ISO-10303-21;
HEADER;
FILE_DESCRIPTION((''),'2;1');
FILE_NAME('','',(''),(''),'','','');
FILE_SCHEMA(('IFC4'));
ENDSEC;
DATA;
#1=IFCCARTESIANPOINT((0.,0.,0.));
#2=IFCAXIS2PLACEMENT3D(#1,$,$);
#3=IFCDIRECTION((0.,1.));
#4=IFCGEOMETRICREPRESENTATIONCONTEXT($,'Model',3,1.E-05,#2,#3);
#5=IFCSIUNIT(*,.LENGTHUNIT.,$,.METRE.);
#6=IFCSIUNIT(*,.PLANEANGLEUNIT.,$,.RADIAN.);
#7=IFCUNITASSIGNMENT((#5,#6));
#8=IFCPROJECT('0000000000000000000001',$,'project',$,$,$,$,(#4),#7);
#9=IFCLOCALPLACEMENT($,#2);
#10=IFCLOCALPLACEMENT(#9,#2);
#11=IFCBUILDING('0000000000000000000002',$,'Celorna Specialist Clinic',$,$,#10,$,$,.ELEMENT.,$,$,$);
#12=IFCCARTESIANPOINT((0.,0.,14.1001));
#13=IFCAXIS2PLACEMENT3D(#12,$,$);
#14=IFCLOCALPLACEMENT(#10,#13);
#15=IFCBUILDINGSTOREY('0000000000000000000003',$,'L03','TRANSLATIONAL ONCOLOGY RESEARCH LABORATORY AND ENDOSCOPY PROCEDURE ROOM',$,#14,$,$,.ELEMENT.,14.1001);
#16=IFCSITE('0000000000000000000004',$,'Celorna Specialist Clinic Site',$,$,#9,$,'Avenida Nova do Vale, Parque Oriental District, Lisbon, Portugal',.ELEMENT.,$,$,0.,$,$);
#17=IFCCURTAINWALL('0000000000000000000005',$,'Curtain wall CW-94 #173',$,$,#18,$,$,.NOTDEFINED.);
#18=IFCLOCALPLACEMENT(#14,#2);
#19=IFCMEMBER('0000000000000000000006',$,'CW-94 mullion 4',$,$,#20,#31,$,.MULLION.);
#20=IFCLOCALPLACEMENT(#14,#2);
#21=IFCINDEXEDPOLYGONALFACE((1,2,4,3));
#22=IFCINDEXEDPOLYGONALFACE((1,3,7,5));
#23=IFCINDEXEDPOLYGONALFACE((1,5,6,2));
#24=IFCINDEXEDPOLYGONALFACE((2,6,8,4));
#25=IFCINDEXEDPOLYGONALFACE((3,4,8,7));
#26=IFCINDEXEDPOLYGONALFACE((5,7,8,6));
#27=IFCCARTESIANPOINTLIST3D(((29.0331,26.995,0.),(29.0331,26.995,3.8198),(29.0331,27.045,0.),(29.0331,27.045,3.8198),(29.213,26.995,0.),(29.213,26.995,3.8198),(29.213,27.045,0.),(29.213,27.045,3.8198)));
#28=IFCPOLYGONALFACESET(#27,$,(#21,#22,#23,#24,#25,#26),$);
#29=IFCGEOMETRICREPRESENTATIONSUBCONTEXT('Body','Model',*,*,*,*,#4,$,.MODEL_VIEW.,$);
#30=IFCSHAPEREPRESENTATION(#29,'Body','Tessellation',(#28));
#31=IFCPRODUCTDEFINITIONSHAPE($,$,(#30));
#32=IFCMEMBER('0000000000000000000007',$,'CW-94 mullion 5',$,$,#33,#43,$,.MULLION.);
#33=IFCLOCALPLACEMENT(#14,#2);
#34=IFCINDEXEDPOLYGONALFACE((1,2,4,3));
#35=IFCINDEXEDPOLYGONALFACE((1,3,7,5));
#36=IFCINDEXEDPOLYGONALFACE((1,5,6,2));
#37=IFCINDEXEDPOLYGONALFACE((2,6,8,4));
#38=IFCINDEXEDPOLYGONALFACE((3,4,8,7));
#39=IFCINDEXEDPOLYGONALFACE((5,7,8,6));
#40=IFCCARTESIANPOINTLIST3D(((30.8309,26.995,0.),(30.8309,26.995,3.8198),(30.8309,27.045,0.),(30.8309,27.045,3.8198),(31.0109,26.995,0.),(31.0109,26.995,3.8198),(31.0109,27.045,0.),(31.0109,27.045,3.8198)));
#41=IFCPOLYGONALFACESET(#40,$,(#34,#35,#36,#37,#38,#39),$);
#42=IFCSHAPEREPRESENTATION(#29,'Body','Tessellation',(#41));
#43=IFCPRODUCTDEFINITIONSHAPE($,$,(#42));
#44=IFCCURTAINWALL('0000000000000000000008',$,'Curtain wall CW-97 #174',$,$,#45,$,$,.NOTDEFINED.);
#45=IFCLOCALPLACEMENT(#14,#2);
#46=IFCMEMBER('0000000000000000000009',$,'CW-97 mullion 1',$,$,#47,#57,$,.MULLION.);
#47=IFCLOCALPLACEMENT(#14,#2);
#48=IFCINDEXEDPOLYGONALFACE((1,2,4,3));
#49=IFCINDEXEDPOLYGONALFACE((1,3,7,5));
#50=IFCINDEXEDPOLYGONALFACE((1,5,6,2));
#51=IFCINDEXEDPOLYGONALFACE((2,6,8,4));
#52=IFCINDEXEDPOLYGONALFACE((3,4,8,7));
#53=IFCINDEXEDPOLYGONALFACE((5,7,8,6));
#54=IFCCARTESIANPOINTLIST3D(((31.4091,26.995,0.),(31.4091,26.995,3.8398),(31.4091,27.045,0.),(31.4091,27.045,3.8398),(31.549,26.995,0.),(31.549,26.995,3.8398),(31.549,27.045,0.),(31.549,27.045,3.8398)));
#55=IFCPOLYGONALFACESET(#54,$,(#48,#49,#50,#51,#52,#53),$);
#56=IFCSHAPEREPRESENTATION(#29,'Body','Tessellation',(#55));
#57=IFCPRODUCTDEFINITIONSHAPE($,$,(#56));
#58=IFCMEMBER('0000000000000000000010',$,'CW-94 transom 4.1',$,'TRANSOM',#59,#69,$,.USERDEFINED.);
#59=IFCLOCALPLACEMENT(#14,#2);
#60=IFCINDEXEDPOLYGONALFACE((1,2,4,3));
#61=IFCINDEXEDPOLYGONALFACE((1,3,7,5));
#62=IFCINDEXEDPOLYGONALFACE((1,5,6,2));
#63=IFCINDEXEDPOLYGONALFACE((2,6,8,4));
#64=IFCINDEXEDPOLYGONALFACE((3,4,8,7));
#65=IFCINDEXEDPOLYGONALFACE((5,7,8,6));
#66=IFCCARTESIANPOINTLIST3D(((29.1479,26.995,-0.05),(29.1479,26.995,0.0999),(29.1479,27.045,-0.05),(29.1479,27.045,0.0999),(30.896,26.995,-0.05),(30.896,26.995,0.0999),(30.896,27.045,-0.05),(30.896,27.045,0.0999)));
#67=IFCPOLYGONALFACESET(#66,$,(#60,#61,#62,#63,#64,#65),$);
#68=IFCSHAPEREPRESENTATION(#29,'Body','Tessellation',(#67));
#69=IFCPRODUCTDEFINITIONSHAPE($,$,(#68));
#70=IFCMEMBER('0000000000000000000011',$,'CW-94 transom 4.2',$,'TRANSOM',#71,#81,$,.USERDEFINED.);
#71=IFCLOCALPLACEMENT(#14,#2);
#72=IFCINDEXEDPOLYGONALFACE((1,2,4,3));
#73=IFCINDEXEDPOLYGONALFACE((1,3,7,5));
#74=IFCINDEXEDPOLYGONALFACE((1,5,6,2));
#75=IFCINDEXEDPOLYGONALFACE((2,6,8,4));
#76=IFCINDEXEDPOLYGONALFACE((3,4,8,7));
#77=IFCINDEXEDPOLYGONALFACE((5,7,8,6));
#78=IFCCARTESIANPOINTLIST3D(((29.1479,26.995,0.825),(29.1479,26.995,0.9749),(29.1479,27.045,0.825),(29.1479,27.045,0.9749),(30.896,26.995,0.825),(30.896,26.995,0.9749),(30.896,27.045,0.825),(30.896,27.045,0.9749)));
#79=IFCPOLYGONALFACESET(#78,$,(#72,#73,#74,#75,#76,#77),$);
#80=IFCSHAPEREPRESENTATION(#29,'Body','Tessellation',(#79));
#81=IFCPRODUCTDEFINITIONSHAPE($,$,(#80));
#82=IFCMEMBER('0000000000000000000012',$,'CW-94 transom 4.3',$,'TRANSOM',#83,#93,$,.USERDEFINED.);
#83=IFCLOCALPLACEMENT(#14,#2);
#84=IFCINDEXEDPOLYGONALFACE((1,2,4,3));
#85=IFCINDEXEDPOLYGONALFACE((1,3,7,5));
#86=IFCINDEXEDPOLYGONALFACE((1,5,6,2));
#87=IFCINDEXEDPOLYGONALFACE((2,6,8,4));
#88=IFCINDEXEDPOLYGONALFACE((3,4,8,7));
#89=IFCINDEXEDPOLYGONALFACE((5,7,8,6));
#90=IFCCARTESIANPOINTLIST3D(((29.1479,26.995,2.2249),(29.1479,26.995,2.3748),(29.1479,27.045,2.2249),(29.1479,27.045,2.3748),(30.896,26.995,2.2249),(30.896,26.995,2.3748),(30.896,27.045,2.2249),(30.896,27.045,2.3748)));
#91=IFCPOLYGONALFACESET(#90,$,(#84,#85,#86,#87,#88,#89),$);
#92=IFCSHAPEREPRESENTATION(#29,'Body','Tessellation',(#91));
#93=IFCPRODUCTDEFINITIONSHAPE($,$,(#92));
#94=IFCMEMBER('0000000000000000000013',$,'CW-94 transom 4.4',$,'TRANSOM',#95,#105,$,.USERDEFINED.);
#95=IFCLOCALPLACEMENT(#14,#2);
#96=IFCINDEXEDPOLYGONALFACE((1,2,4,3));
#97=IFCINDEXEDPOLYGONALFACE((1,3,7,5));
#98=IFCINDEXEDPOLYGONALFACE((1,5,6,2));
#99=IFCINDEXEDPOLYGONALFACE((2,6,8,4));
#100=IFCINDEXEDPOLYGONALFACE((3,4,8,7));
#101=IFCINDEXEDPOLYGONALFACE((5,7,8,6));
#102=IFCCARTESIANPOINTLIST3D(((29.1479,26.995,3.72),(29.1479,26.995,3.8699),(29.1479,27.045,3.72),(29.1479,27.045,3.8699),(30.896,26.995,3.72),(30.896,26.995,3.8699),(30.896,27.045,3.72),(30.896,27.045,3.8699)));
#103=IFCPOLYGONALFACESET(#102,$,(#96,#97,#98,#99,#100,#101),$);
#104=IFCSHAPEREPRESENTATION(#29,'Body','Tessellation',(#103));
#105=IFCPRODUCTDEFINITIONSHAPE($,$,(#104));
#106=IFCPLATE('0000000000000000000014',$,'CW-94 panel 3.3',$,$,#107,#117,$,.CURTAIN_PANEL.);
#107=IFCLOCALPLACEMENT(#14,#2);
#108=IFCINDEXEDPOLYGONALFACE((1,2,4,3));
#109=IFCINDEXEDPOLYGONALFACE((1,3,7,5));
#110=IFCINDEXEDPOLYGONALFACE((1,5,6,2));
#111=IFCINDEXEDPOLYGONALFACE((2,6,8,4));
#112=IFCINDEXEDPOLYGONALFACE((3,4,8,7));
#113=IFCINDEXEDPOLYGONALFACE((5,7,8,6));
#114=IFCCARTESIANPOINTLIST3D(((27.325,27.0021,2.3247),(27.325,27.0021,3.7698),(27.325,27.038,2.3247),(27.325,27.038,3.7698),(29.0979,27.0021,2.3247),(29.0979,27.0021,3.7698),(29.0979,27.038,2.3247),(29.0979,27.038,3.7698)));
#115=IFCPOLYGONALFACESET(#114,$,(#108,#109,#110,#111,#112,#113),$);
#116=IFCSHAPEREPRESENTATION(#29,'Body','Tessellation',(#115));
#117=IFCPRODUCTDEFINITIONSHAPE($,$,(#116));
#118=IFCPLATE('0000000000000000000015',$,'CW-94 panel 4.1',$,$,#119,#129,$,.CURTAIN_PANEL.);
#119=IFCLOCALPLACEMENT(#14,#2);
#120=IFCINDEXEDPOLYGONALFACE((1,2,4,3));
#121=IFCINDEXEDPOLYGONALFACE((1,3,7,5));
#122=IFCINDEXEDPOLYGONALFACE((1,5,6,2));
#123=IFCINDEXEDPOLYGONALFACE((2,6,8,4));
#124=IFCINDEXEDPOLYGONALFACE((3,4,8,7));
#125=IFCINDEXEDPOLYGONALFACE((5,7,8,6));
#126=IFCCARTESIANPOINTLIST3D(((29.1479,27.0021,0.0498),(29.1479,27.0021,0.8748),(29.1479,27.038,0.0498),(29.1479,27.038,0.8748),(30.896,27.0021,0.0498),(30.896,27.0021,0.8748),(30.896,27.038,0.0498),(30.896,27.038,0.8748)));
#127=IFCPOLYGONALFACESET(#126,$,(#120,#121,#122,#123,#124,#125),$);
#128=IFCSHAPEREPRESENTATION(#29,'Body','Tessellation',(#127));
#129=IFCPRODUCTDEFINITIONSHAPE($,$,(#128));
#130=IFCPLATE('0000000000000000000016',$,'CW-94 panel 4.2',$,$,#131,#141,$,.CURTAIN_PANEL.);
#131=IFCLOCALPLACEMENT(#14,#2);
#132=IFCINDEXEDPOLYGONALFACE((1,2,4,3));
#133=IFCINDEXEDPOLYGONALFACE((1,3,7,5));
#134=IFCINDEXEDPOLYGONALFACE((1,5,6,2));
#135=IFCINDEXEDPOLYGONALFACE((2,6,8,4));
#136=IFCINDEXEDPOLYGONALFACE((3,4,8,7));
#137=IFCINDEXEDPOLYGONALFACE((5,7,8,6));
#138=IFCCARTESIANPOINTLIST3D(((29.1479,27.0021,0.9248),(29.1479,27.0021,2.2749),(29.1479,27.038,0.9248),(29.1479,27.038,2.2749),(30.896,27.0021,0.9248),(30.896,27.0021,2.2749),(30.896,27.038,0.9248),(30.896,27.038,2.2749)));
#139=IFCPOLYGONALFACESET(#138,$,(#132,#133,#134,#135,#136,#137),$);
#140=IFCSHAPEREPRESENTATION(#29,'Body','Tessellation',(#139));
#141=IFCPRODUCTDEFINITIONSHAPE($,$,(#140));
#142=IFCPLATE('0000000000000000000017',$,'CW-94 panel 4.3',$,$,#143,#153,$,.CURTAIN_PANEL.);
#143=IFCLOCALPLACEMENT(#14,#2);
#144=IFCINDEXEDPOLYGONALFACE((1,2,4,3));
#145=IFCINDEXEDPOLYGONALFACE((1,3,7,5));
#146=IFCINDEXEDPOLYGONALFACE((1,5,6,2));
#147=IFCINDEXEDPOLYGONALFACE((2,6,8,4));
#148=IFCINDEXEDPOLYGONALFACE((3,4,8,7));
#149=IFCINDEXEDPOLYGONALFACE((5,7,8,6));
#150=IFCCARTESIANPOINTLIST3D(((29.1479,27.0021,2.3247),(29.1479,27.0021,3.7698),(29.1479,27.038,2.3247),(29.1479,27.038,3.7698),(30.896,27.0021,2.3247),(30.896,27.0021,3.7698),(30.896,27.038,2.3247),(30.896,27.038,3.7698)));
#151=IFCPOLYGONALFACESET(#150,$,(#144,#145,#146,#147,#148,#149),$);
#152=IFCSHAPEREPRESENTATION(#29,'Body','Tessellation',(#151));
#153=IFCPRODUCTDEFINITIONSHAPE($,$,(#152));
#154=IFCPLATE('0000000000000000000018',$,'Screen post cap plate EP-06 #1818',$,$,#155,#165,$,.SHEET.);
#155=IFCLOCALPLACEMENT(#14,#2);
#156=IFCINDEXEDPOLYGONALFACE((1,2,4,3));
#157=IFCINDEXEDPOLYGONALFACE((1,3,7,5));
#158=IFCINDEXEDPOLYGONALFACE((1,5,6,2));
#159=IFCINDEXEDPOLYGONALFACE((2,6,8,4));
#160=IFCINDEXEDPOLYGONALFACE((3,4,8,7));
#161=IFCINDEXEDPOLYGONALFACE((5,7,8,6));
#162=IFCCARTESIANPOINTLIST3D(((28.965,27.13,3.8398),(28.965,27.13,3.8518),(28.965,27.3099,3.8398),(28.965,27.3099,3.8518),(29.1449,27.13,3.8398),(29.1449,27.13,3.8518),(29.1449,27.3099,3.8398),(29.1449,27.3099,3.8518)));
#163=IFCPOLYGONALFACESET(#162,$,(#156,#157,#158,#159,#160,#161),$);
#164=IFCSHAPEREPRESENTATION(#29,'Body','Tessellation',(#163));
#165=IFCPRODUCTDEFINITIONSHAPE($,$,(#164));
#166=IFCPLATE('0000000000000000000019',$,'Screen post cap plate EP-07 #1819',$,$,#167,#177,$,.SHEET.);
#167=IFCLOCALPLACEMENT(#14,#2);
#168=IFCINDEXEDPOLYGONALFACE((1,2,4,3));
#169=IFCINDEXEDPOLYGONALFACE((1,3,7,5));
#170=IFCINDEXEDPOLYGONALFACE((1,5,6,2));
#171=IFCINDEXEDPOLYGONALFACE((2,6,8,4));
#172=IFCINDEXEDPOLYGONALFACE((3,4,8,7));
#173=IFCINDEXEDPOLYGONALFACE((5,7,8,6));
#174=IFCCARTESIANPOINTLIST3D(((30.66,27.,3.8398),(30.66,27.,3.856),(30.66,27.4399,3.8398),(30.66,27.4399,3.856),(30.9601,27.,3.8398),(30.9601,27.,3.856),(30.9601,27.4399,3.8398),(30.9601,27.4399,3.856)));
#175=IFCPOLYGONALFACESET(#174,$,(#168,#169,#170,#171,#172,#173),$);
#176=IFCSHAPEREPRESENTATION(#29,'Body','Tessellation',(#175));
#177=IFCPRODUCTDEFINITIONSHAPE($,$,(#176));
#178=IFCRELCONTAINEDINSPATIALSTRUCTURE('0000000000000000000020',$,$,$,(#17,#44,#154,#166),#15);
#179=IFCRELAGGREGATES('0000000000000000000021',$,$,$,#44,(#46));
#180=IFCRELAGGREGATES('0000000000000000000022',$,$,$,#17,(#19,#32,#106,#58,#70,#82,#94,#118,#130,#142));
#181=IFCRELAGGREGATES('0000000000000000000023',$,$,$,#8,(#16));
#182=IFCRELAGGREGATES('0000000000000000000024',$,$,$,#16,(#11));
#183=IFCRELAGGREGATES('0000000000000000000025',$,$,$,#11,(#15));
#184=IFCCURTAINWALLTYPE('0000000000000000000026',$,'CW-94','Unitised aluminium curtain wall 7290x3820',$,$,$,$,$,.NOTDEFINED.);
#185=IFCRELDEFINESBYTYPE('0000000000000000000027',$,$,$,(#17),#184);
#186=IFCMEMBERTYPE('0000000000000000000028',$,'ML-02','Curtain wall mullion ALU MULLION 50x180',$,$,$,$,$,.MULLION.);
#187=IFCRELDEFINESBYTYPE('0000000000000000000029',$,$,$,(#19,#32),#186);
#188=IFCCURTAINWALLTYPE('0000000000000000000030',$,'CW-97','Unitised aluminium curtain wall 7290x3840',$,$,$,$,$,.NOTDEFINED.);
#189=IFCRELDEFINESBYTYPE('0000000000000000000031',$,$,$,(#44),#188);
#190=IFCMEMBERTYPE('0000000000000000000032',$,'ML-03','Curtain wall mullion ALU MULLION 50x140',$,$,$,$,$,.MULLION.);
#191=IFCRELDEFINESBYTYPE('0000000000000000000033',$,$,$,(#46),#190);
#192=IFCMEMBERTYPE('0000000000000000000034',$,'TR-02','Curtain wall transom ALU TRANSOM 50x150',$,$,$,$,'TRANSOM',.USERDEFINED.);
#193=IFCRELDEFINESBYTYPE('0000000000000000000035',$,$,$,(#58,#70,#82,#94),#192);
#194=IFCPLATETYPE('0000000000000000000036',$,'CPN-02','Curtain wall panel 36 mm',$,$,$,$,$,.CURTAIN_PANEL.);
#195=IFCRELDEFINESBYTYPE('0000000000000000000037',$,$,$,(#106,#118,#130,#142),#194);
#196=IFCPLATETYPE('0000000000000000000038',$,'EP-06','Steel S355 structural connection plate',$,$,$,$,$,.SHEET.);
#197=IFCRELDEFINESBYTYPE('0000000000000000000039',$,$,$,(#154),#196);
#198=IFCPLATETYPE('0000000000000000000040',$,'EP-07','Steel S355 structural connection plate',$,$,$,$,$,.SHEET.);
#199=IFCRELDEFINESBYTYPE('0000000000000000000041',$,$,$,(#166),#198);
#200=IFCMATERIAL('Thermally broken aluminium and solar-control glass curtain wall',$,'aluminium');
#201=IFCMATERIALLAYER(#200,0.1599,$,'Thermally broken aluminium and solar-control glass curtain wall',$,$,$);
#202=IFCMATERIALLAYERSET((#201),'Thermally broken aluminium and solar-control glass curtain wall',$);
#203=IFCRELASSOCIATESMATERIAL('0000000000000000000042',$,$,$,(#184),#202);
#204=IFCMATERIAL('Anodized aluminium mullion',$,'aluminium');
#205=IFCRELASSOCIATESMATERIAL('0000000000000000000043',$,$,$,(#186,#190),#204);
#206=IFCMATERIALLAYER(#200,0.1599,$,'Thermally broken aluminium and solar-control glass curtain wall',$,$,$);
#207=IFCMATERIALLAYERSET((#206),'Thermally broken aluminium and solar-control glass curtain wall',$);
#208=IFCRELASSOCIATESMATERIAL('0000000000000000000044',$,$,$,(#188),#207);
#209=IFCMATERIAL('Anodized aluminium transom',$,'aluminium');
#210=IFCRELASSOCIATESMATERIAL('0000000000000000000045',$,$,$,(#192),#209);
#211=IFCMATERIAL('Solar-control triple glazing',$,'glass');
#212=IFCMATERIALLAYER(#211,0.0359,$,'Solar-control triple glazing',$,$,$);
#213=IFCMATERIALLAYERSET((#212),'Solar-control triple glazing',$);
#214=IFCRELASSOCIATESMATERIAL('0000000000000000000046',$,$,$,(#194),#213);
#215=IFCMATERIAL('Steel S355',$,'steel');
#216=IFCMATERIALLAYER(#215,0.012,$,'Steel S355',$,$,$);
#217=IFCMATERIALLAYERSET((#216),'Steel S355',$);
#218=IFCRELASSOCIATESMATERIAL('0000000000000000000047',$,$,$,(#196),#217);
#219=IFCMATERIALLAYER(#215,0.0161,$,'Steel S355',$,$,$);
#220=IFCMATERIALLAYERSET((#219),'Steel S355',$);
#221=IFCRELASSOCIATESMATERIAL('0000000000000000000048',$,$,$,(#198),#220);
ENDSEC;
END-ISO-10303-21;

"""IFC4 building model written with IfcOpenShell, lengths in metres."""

from ifc_helpers import new_model, si_unit, direction, frame, origin, origin_2d, place, context, subcontext, project, spatial, rectangle, extrude, material, layer, layer_set, material_profile, profile_set, type_object, element, aggregate, save


model = new_model("IFC4")

# Units and contexts
model_context = context("Model", 3, precision=1e-05, world=origin(), true_north=direction((0.0, 1.0)))
body_context = subcontext(model_context, "Body", "Model", "MODEL_VIEW")
ifc_project = project(units=[si_unit("LENGTHUNIT", "METRE"), si_unit("PLANEANGLEUNIT", "RADIAN")], contexts=[model_context])

# Site, building, storey
site_placement = place(None, origin())
site = spatial("IfcSite", under=ifc_project, at=site_placement, Name="Celorna Specialist Clinic Site", LongName="Avenida Nova do Vale, Parque Oriental District, Lisbon, Portugal", CompositionType="ELEMENT", RefElevation=0.0)
building_placement = place(site_placement, origin())
building = spatial("IfcBuilding", under=site, at=building_placement, Name="Celorna Specialist Clinic", CompositionType="ELEMENT")
storey_placement = place(building_placement, frame((0.0, 0.0, 14.1001)))
storey = spatial("IfcBuildingStorey", under=building, at=storey_placement, Name="L03", Description="TRANSLATIONAL ONCOLOGY RESEARCH LABORATORY AND ENDOSCOPY PROCEDURE ROOM", CompositionType="ELEMENT", Elevation=14.1001)

# Shared definitions
ifc_material_1 = material(Name="Steel S355", Category="steel")

# Curtain wall, members
ifc_material_2 = material(Name="Thermally broken aluminium and solar-control glass curtain wall", Category="aluminium")
ifc_layer_1 = layer(ifc_material_2, 0.1599, Name="Thermally broken aluminium and solar-control glass curtain wall")
ifc_layer_set_1 = layer_set([ifc_layer_1], Name="Thermally broken aluminium and solar-control glass curtain wall")
curtain_wall_type_1 = type_object("IfcCurtainWallType", Name="CW-94", Description="Unitised aluminium curtain wall 7290x3820", PredefinedType="NOTDEFINED", material=ifc_layer_set_1)
curtain_wall_1_placement = place(storey_placement, origin())
curtain_wall_1 = element("IfcCurtainWall", 1, at=curtain_wall_1_placement, inside=storey, type_object=curtain_wall_type_1, Name="Curtain wall CW-94 #173", PredefinedType="NOTDEFINED")
ifc_material_3 = material(Name="Anodized aluminium mullion", Category="aluminium")
ifc_material_profile_1 = material_profile(ifc_material_3, rectangle(XDim=0.05, YDim=0.1799, at=origin_2d()), Name="ALU MULLION 50x180")
ifc_profile_set_1 = profile_set([ifc_material_profile_1], Name="Anodized aluminium mullion")
member_type_1 = type_object("IfcMemberType", Name="ML-02", Description="Curtain wall mullion ALU MULLION 50x180", PredefinedType="MULLION", material=ifc_profile_set_1)
member_1_placement = place(storey_placement, frame((29.123, 27.02, 0.0), z_axis=(0.0, 0.0, 1.0), x_axis=(0.0, 1.0, 0.0)))
member_1 = element("IfcMember", 2, at=member_1_placement, type_object=member_type_1, Name="CW-94 mullion 4", PredefinedType="MULLION", context=body_context, shape_type="SweptSolid", body=[
    extrude(rectangle(XDim=0.05, YDim=0.1799, at=origin_2d()), origin(), (0.0, 0.0, 1.0), 3.8198),
])
member_2_placement = place(storey_placement, frame((30.9209, 27.02, 0.0), z_axis=(0.0, 0.0, 1.0), x_axis=(0.0, 1.0, 0.0)))
member_2 = element("IfcMember", 3, at=member_2_placement, type_object=member_type_1, Name="CW-94 mullion 5", PredefinedType="MULLION", context=body_context, shape_type="SweptSolid", body=[
    extrude(rectangle(XDim=0.05, YDim=0.1799, at=origin_2d()), origin(), (0.0, 0.0, 1.0), 3.8198),
])

# Curtain wall, member
ifc_layer_2 = layer(ifc_material_2, 0.1599, Name="Thermally broken aluminium and solar-control glass curtain wall")
ifc_layer_set_2 = layer_set([ifc_layer_2], Name="Thermally broken aluminium and solar-control glass curtain wall")
curtain_wall_type_2 = type_object("IfcCurtainWallType", Name="CW-97", Description="Unitised aluminium curtain wall 7290x3840", PredefinedType="NOTDEFINED", material=ifc_layer_set_2)
curtain_wall_2_placement = place(storey_placement, origin())
curtain_wall_2 = element("IfcCurtainWall", 4, at=curtain_wall_2_placement, inside=storey, type_object=curtain_wall_type_2, Name="Curtain wall CW-97 #174", PredefinedType="NOTDEFINED")
ifc_material_profile_2 = material_profile(ifc_material_3, rectangle(XDim=0.05, YDim=0.1399, at=origin_2d()), Name="ALU MULLION 50x140")
ifc_profile_set_2 = profile_set([ifc_material_profile_2], Name="Anodized aluminium mullion")
member_type_2 = type_object("IfcMemberType", Name="ML-03", Description="Curtain wall mullion ALU MULLION 50x140", PredefinedType="MULLION", material=ifc_profile_set_2)
member_3_placement = place(storey_placement, frame((31.479, 27.02, 0.0), z_axis=(0.0, 0.0, 1.0), x_axis=(0.0, 1.0, 0.0)))
member_3 = element("IfcMember", 5, at=member_3_placement, type_object=member_type_2, Name="CW-97 mullion 1", PredefinedType="MULLION", context=body_context, shape_type="SweptSolid", body=[
    extrude(rectangle(XDim=0.05, YDim=0.1399, at=origin_2d()), origin(), (0.0, 0.0, 1.0), 3.8398),
])
aggregate(curtain_wall_2, [member_3])

# Members
ifc_material_4 = material(Name="Anodized aluminium transom", Category="aluminium")
ifc_material_profile_3 = material_profile(ifc_material_4, rectangle(XDim=0.05, YDim=0.1499, at=origin_2d()), Name="ALU TRANSOM 50x150")
ifc_profile_set_3 = profile_set([ifc_material_profile_3], Name="Anodized aluminium transom")
member_type_3 = type_object("IfcMemberType", Name="TR-02", Description="Curtain wall transom ALU TRANSOM 50x150", ElementType="TRANSOM", PredefinedType="USERDEFINED", material=ifc_profile_set_3)
member_4_placement = place(storey_placement, frame((29.1479, 27.02, 0.0249), z_axis=(1.0, 0.0, 0.0), x_axis=(0.0, 1.0, 0.0)))
member_4 = element("IfcMember", 6, at=member_4_placement, type_object=member_type_3, Name="CW-94 transom 4.1", ObjectType="TRANSOM", PredefinedType="USERDEFINED", context=body_context, shape_type="SweptSolid", body=[
    extrude(rectangle(XDim=0.05, YDim=0.1499, at=origin_2d()), origin(), (0.0, 0.0, 1.0), 1.748),
])
member_5_placement = place(storey_placement, frame((29.1479, 27.02, 0.8999), z_axis=(1.0, 0.0, 0.0), x_axis=(0.0, 1.0, 0.0)))
member_5 = element("IfcMember", 7, at=member_5_placement, type_object=member_type_3, Name="CW-94 transom 4.2", ObjectType="TRANSOM", PredefinedType="USERDEFINED", context=body_context, shape_type="SweptSolid", body=[
    extrude(rectangle(XDim=0.05, YDim=0.1499, at=origin_2d()), origin(), (0.0, 0.0, 1.0), 1.748),
])
member_6_placement = place(storey_placement, frame((29.1479, 27.02, 2.2998), z_axis=(1.0, 0.0, 0.0), x_axis=(0.0, 1.0, 0.0)))
member_6 = element("IfcMember", 8, at=member_6_placement, type_object=member_type_3, Name="CW-94 transom 4.3", ObjectType="TRANSOM", PredefinedType="USERDEFINED", context=body_context, shape_type="SweptSolid", body=[
    extrude(rectangle(XDim=0.05, YDim=0.1499, at=origin_2d()), origin(), (0.0, 0.0, 1.0), 1.748),
])
member_7_placement = place(storey_placement, frame((29.1479, 27.02, 3.7949), z_axis=(1.0, 0.0, 0.0), x_axis=(0.0, 1.0, 0.0)))
member_7 = element("IfcMember", 9, at=member_7_placement, type_object=member_type_3, Name="CW-94 transom 4.4", ObjectType="TRANSOM", PredefinedType="USERDEFINED", context=body_context, shape_type="SweptSolid", body=[
    extrude(rectangle(XDim=0.05, YDim=0.1499, at=origin_2d()), origin(), (0.0, 0.0, 1.0), 1.748),
])

# Plates
ifc_material_5 = material(Name="Solar-control triple glazing", Category="glass")
ifc_layer_3 = layer(ifc_material_5, 0.0359, Name="Solar-control triple glazing")
ifc_layer_set_3 = layer_set([ifc_layer_3], Name="Solar-control triple glazing")
plate_type_1 = type_object("IfcPlateType", Name="CPN-02", Description="Curtain wall panel 36 mm", PredefinedType="CURTAIN_PANEL", material=ifc_layer_set_3)
plate_1_placement = place(storey_placement, frame((28.2114, 27.02, 2.3247), z_axis=(0.0, 0.0, 1.0), x_axis=(1.0, 0.0, 0.0)))
plate_1 = element("IfcPlate", 10, at=plate_1_placement, type_object=plate_type_1, Name="CW-94 panel 3.3", PredefinedType="CURTAIN_PANEL", context=body_context, shape_type="SweptSolid", body=[
    extrude(rectangle(XDim=1.7729, YDim=0.0359, at=origin_2d()), origin(), (0.0, 0.0, 1.0), 1.4451),
])
plate_2_placement = place(storey_placement, frame((30.022, 27.02, 0.0498), z_axis=(0.0, 0.0, 1.0), x_axis=(1.0, 0.0, 0.0)))
plate_2 = element("IfcPlate", 11, at=plate_2_placement, type_object=plate_type_1, Name="CW-94 panel 4.1", PredefinedType="CURTAIN_PANEL", context=body_context, shape_type="SweptSolid", body=[
    extrude(rectangle(XDim=1.748, YDim=0.0359, at=origin_2d()), origin(), (0.0, 0.0, 1.0), 0.825),
])
plate_3_placement = place(storey_placement, frame((30.022, 27.02, 0.9248), z_axis=(0.0, 0.0, 1.0), x_axis=(1.0, 0.0, 0.0)))
plate_3 = element("IfcPlate", 12, at=plate_3_placement, type_object=plate_type_1, Name="CW-94 panel 4.2", PredefinedType="CURTAIN_PANEL", context=body_context, shape_type="SweptSolid", body=[
    extrude(rectangle(XDim=1.748, YDim=0.0359, at=origin_2d()), origin(), (0.0, 0.0, 1.0), 1.3501),
])
plate_4_placement = place(storey_placement, frame((30.022, 27.02, 2.3247), z_axis=(0.0, 0.0, 1.0), x_axis=(1.0, 0.0, 0.0)))
plate_4 = element("IfcPlate", 13, at=plate_4_placement, type_object=plate_type_1, Name="CW-94 panel 4.3", PredefinedType="CURTAIN_PANEL", context=body_context, shape_type="SweptSolid", body=[
    extrude(rectangle(XDim=1.748, YDim=0.0359, at=origin_2d()), origin(), (0.0, 0.0, 1.0), 1.4451),
])
aggregate(curtain_wall_1, [member_1, member_2, plate_1, member_4, member_5, member_6, member_7, plate_2, plate_3, plate_4])

# Plates
ifc_layer_4 = layer(ifc_material_1, 0.012, Name="Steel S355")
ifc_layer_set_4 = layer_set([ifc_layer_4], Name="Steel S355")
plate_type_2 = type_object("IfcPlateType", Name="EP-06", Description="Steel S355 structural connection plate", PredefinedType="SHEET", material=ifc_layer_set_4)
plate_5_placement = place(storey_placement, frame((29.0549, 27.22, 3.8398), z_axis=(0.0, 0.0, 1.0), x_axis=(1.0, 0.0, 0.0)))
element("IfcPlate", 14, at=plate_5_placement, inside=storey, type_object=plate_type_2, Name="Screen post cap plate EP-06 #1818", PredefinedType="SHEET", context=body_context, shape_type="SweptSolid", body=[
    extrude(rectangle(XDim=0.1799, YDim=0.1799, at=origin_2d()), origin(), (0.0, 0.0, 1.0), 0.012),
])
ifc_layer_5 = layer(ifc_material_1, 0.0161, Name="Steel S355")
ifc_layer_set_5 = layer_set([ifc_layer_5], Name="Steel S355")
plate_type_3 = type_object("IfcPlateType", Name="EP-07", Description="Steel S355 structural connection plate", PredefinedType="SHEET", material=ifc_layer_set_5)
plate_6_placement = place(storey_placement, frame((30.8101, 27.22, 3.8398), z_axis=(0.0, 0.0, 1.0), x_axis=(1.0, 0.0, 0.0)))
element("IfcPlate", 15, at=plate_6_placement, inside=storey, type_object=plate_type_3, Name="Screen post cap plate EP-07 #1819", PredefinedType="SHEET", context=body_context, shape_type="SweptSolid", body=[
    extrude(rectangle(XDim=0.3, YDim=0.4399, at=origin_2d()), origin(), (0.0, 0.0, 1.0), 0.0161),
])

save(model, "model.ifc")
